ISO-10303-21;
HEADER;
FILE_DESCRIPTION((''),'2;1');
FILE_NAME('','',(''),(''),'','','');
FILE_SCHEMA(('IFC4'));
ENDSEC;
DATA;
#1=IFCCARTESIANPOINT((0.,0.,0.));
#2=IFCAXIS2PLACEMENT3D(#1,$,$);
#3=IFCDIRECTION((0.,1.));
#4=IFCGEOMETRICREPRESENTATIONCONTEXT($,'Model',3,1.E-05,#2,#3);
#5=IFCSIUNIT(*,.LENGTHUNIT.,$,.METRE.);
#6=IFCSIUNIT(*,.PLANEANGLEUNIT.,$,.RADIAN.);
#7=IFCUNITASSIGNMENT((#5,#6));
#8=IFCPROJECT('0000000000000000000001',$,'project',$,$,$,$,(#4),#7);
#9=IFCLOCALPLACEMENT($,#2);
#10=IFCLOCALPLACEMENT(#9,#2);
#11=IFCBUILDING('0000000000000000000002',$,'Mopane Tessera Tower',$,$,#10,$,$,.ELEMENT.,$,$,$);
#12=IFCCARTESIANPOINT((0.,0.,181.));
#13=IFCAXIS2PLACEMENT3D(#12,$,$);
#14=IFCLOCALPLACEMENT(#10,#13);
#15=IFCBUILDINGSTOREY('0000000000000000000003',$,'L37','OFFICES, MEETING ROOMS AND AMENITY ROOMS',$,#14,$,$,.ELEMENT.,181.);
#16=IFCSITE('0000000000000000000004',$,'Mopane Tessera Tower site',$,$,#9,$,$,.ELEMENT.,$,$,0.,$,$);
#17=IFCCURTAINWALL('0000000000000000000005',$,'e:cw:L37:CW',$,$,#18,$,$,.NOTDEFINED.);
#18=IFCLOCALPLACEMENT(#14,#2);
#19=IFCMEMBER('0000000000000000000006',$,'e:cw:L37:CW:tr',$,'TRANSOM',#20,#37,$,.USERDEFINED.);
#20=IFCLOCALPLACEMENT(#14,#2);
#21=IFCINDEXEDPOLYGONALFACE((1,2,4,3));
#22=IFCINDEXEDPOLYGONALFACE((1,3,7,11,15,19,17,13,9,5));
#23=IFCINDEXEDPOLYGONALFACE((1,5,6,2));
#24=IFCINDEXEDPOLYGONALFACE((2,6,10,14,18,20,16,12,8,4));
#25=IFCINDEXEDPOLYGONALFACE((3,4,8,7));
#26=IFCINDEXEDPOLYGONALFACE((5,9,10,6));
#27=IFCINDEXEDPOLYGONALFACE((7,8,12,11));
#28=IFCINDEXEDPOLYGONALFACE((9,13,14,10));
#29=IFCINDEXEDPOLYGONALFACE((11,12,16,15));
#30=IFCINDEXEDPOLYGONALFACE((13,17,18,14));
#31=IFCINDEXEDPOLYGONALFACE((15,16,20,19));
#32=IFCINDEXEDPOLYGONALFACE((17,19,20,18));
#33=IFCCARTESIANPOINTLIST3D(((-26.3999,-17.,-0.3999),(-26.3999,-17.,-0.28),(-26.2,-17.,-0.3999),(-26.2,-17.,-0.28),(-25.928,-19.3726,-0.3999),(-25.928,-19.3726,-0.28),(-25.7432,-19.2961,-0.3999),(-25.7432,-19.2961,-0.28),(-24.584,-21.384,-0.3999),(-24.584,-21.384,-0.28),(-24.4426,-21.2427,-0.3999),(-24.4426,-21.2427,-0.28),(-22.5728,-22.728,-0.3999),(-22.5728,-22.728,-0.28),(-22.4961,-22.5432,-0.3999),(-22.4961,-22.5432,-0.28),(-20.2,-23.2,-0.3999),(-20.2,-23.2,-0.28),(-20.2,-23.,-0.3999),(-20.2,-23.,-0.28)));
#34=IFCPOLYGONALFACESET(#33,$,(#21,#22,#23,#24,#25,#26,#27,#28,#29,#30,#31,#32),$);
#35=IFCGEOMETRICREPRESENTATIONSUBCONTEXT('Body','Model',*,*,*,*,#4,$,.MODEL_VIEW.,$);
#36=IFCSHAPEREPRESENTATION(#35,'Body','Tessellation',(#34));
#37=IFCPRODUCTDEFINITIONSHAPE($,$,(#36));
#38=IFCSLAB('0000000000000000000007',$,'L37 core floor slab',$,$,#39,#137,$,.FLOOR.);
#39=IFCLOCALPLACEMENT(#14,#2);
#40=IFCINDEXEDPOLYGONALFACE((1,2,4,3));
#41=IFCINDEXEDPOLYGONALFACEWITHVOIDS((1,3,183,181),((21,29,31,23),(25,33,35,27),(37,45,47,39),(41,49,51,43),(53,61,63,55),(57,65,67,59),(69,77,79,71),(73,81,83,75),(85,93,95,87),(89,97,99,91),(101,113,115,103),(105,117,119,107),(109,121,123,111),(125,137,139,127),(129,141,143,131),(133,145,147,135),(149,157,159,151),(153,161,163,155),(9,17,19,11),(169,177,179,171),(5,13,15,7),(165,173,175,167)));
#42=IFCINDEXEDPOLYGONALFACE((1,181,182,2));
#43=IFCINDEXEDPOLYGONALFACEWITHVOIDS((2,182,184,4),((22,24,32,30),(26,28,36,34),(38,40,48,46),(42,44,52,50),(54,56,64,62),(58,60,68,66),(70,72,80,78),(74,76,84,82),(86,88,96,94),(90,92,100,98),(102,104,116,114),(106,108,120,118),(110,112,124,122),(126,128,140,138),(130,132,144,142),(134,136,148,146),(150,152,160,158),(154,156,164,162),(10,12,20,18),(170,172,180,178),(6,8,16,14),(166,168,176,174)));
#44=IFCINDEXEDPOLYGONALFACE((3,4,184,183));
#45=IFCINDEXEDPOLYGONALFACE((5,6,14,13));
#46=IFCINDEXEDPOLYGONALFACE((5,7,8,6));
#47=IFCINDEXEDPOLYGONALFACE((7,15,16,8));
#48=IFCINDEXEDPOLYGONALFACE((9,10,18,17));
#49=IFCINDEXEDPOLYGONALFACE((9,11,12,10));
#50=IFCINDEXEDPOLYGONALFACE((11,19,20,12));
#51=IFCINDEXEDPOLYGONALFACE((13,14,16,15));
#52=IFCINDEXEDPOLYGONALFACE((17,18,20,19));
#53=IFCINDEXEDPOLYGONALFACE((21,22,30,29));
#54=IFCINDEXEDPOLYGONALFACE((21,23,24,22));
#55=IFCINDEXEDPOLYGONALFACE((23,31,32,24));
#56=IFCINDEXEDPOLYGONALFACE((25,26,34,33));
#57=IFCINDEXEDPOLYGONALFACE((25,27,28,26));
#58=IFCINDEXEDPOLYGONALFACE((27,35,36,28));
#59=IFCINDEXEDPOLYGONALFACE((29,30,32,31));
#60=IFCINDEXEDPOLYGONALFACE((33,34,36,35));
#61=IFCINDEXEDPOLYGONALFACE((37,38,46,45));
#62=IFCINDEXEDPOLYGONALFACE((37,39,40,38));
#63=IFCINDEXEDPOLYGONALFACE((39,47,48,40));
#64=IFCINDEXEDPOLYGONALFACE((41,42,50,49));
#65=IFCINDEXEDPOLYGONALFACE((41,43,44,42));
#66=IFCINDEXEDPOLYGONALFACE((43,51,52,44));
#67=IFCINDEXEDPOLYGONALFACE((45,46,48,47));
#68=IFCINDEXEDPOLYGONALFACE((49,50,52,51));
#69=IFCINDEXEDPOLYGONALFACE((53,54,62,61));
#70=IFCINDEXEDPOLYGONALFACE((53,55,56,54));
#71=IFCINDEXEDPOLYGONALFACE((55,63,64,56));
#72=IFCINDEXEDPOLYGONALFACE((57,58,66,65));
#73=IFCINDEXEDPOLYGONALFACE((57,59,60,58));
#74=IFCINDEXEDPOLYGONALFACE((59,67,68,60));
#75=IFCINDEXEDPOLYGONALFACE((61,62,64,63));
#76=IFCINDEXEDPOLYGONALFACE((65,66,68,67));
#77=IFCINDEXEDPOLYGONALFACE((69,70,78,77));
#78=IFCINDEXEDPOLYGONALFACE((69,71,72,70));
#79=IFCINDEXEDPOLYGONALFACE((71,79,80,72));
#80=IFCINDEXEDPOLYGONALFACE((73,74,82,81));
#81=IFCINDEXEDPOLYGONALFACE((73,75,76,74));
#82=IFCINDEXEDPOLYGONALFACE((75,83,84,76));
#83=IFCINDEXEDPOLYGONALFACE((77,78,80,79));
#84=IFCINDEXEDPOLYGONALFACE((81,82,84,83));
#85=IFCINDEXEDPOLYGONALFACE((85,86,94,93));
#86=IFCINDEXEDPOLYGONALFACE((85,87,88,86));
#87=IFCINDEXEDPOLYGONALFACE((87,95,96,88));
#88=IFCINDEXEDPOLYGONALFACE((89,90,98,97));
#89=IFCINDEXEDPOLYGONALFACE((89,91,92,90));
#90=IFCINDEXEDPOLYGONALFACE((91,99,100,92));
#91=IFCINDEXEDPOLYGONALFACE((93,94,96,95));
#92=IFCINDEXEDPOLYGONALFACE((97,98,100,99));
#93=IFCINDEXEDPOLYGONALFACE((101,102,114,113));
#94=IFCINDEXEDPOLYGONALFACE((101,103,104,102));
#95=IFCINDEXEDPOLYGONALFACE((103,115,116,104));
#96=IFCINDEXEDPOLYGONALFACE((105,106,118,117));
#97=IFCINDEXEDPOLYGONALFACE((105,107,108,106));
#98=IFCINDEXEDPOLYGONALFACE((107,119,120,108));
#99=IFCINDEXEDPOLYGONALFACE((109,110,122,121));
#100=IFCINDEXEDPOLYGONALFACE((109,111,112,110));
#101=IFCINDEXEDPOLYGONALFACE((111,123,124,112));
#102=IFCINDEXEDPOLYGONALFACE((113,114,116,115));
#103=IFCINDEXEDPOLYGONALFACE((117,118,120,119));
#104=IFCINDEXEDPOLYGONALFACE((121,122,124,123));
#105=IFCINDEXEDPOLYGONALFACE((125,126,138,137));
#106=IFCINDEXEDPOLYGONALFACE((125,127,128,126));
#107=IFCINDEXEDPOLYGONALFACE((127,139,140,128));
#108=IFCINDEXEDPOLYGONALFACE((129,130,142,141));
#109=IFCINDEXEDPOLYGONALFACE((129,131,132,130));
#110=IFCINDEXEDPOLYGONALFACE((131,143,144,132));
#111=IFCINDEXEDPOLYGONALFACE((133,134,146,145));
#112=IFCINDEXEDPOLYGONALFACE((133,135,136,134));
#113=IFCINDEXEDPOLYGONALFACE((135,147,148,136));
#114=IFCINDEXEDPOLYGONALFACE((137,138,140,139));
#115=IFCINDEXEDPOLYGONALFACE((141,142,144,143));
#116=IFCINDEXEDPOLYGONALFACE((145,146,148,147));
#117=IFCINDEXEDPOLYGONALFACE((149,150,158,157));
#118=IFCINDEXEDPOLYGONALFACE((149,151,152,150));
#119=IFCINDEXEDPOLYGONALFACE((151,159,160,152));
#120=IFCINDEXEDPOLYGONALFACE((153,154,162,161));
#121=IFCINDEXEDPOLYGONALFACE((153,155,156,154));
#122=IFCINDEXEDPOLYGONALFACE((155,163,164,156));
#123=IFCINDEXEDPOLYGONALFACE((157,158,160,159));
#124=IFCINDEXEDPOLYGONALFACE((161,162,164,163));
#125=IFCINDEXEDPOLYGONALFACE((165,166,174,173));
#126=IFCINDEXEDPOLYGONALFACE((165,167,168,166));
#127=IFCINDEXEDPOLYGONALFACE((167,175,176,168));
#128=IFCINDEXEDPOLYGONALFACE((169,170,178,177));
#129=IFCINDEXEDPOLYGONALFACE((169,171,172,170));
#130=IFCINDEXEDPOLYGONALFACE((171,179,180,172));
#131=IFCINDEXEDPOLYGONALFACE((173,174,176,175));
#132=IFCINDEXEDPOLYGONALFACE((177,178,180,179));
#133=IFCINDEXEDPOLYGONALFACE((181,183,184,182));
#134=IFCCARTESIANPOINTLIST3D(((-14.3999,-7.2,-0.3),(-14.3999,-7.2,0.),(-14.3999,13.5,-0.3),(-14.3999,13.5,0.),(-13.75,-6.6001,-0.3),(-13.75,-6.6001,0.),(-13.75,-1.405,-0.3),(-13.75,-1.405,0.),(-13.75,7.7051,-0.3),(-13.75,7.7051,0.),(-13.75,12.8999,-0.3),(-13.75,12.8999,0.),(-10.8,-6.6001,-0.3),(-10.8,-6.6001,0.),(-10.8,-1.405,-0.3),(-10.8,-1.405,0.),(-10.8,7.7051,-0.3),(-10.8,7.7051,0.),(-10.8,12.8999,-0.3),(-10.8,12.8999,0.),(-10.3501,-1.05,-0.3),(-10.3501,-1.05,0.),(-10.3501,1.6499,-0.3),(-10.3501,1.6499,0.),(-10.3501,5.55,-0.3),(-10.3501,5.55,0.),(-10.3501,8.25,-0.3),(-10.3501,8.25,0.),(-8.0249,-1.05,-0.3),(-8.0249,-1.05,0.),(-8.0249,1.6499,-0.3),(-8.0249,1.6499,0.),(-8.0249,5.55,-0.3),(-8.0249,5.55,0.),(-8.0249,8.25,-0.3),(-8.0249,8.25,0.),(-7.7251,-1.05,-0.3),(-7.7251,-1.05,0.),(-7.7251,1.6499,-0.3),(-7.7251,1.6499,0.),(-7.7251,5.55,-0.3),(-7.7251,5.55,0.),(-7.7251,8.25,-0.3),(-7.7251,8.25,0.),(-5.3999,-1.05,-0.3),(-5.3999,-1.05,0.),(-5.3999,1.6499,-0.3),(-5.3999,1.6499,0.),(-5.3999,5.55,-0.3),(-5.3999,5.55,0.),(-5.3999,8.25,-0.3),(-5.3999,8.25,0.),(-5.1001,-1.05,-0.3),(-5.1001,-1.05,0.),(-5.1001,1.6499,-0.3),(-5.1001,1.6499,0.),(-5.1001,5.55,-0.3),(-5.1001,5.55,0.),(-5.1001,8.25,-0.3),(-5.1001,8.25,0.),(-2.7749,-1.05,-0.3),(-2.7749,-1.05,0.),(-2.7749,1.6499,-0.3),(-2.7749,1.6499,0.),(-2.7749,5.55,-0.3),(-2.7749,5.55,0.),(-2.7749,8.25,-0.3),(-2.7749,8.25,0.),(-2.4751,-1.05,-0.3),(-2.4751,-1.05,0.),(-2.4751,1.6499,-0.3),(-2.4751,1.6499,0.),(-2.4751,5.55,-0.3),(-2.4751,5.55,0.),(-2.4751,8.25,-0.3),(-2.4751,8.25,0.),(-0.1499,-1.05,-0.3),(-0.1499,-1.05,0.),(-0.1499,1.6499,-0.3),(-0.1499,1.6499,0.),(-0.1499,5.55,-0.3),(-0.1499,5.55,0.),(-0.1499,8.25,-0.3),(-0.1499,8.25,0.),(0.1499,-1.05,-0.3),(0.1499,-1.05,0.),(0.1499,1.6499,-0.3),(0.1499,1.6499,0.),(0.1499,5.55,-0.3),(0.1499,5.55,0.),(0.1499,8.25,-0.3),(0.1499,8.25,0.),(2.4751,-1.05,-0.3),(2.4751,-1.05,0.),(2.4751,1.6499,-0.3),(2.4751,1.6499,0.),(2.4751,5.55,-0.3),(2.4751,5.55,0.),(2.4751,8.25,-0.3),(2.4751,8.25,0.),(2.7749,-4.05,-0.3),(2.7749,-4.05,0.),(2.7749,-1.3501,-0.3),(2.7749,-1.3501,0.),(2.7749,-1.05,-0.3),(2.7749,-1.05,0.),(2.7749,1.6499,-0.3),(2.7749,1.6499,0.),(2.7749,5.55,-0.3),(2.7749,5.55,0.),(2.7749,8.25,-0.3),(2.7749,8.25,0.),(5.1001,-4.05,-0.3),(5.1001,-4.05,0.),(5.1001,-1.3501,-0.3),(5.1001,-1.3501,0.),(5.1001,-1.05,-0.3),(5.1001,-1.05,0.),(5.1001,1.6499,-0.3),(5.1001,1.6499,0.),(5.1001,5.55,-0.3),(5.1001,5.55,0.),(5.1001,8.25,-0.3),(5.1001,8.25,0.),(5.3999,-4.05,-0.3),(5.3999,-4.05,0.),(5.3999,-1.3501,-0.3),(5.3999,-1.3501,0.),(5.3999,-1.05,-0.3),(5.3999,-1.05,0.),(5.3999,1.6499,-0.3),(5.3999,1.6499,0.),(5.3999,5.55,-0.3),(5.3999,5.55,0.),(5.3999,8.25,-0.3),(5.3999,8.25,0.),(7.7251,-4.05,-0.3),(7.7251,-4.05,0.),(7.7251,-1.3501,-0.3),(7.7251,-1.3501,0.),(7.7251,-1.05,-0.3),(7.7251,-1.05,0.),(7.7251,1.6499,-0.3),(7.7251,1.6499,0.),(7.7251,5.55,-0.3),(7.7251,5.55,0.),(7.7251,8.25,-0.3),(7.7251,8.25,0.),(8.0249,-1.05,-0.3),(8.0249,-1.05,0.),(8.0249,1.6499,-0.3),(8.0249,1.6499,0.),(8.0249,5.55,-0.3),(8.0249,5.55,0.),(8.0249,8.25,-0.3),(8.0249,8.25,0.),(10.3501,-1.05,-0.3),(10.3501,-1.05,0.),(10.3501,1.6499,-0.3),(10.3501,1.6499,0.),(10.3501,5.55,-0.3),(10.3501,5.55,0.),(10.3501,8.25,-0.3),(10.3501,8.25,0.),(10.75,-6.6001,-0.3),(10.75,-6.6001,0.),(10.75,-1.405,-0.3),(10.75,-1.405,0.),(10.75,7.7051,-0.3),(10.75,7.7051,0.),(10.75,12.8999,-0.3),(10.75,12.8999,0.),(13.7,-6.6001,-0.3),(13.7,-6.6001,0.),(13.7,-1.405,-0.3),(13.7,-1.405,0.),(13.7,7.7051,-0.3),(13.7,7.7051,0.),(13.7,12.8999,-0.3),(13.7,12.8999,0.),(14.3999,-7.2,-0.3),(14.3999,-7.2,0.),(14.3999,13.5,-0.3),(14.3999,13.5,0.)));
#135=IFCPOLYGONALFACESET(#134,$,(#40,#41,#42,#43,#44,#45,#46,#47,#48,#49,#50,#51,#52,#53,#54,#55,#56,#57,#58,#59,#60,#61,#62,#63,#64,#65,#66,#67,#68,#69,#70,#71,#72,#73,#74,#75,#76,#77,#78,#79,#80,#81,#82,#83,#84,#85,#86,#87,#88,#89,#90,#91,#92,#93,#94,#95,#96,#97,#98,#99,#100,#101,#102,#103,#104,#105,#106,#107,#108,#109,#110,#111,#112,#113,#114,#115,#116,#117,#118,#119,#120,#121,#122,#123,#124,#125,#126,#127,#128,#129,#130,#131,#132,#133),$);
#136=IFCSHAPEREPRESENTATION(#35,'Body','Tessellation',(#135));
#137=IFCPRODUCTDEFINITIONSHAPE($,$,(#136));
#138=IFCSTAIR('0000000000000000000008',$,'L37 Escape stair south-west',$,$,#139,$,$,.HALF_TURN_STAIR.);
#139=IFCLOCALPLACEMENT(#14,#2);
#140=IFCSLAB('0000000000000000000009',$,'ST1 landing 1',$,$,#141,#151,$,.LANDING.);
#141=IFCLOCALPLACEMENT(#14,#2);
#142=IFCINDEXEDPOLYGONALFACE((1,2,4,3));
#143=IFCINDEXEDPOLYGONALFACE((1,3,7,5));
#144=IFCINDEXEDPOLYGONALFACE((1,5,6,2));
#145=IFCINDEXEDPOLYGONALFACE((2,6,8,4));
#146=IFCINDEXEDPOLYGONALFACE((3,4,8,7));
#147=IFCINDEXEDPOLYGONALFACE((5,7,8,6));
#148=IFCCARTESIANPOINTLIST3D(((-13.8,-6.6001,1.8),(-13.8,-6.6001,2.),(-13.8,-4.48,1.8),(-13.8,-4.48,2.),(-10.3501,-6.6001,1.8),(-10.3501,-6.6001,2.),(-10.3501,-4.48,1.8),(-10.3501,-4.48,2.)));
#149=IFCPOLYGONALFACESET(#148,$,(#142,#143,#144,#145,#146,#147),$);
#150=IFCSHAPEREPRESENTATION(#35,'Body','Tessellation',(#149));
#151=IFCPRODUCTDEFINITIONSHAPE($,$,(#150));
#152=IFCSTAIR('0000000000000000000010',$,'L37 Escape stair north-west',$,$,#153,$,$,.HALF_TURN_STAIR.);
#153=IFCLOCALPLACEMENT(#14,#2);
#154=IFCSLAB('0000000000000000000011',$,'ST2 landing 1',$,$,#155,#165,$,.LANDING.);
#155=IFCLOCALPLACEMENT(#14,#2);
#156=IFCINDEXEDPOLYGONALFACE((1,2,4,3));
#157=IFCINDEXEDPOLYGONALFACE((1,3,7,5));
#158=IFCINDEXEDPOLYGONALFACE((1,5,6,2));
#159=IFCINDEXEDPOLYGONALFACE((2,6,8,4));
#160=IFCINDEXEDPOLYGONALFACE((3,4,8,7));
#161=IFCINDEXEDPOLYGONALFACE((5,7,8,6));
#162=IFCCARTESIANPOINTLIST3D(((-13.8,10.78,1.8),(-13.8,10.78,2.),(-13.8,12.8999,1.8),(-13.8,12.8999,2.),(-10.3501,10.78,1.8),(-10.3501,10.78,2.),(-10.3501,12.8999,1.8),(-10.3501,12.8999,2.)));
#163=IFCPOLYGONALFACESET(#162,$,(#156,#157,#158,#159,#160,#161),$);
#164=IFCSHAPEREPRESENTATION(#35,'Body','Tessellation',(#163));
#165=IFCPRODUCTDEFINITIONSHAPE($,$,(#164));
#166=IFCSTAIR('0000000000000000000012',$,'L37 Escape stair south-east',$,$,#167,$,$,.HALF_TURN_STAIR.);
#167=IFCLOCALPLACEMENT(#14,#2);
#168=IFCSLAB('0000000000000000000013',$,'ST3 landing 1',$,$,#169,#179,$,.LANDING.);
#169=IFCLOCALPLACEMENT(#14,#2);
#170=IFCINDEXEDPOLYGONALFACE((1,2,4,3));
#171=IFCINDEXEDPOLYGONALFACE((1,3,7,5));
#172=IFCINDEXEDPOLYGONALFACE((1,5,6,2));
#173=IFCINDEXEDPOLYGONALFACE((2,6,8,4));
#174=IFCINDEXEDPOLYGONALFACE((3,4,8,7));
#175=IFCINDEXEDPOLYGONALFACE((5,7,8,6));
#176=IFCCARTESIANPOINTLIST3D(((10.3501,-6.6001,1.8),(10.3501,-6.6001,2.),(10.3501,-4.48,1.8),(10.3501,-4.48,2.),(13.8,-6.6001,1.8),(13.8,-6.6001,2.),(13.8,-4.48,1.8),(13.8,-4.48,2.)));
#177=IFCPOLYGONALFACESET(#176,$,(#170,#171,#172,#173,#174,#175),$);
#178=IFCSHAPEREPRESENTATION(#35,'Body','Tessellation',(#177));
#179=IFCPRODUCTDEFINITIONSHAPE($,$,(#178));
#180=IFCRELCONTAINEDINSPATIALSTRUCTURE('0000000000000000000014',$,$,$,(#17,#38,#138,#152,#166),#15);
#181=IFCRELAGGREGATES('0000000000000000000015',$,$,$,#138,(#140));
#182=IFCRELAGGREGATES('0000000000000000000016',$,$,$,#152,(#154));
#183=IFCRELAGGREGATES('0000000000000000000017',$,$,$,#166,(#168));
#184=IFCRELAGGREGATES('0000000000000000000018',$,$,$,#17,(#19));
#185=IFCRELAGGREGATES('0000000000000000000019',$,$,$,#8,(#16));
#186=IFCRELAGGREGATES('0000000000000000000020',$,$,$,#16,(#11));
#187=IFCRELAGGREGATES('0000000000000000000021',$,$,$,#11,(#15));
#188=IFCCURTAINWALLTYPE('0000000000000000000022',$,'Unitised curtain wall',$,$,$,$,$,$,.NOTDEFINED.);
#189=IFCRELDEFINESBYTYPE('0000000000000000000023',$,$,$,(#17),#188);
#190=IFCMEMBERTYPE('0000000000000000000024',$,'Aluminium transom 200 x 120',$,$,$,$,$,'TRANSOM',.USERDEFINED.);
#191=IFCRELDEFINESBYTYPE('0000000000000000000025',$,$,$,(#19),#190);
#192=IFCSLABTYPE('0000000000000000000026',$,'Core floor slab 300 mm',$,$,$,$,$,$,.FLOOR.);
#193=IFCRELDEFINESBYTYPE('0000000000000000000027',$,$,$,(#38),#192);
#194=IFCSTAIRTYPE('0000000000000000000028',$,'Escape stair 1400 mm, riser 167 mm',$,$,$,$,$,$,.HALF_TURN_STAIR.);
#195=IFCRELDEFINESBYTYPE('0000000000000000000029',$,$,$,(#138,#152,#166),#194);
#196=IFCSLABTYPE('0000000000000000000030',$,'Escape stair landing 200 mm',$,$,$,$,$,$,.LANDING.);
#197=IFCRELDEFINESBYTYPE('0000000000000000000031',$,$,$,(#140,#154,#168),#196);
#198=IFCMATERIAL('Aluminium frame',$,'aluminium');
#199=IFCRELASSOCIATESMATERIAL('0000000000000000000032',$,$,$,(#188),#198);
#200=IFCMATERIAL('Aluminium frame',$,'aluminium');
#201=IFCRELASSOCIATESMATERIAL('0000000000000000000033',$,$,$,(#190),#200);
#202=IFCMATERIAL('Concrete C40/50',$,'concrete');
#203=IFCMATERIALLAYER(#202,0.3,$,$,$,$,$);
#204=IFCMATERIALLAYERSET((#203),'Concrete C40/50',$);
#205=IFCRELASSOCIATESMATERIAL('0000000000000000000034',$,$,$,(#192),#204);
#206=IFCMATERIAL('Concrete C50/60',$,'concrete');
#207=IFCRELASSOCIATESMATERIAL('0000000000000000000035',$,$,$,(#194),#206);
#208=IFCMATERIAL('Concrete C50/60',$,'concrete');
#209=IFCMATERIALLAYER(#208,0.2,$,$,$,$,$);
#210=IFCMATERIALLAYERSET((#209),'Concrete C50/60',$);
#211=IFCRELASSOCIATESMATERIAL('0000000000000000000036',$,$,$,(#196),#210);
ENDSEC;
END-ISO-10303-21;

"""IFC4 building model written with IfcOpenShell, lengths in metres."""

from ifc_helpers import new_model, si_unit, direction, frame, origin, origin_2d, place, context, subcontext, project, spatial, polyline, rectangle, outline, extrude, material, layer, layer_set, material_profile, profile_set, type_object, element, aggregate, save


model = new_model("IFC4")

# Units and contexts
model_context = context("Model", 3, precision=1e-05, world=origin(), true_north=direction((0.0, 1.0)))
body_context = subcontext(model_context, "Body", "Model", "MODEL_VIEW")
ifc_project = project(units=[si_unit("LENGTHUNIT", "METRE"), si_unit("PLANEANGLEUNIT", "RADIAN")], contexts=[model_context])

# Site, building, storey
site_placement = place(None, origin())
site = spatial("IfcSite", under=ifc_project, at=site_placement, Name="Mopane Tessera Tower site", CompositionType="ELEMENT", RefElevation=0.0)
building_placement = place(site_placement, origin())
building = spatial("IfcBuilding", under=site, at=building_placement, Name="Mopane Tessera Tower", CompositionType="ELEMENT")
storey_placement = place(building_placement, frame((0.0, 0.0, 181.0)))
storey = spatial("IfcBuildingStorey", under=building, at=storey_placement, Name="L37", Description="OFFICES, MEETING ROOMS AND AMENITY ROOMS", CompositionType="ELEMENT", Elevation=181.0)

# Curtain wall, member
ifc_material_1 = material(Name="Aluminium frame", Category="aluminium")
curtain_wall_type = type_object("IfcCurtainWallType", Name="Unitised curtain wall", PredefinedType="NOTDEFINED", material=ifc_material_1)
curtain_wall_placement = place(storey_placement, origin())
curtain_wall = element("IfcCurtainWall", 1, at=curtain_wall_placement, inside=storey, type_object=curtain_wall_type, Name="e:cw:L37:CW", PredefinedType="NOTDEFINED")
ifc_material_2 = material(Name="Aluminium frame", Category="aluminium")
ifc_material_profile = material_profile(ifc_material_2, rectangle(XDim=0.2, YDim=0.1201, at=origin_2d()))
ifc_profile_set = profile_set([ifc_material_profile], Name="Aluminium frame")
member_type = type_object("IfcMemberType", Name="Aluminium transom 200 x 120", ElementType="TRANSOM", PredefinedType="USERDEFINED", material=ifc_profile_set)
member_placement = place(storey_placement, frame((0.0, 0.0, -0.3999)))
member = element("IfcMember", 2, at=member_placement, type_object=member_type, Name="e:cw:L37:CW:tr", ObjectType="TRANSOM", PredefinedType="USERDEFINED", context=body_context, shape_type="SweptSolid", body=[
    extrude(outline(polyline([(-26.2, -17.0), (-25.7432, -19.2961), (-24.4426, -21.2427), (-22.4961, -22.5432), (-20.2, -23.0), (-20.2, -23.2), (-22.5728, -22.728), (-24.584, -21.384), (-25.928, -19.3726), (-26.3999, -17.0), (-26.2, -17.0)])), origin(), (0.0, 0.0, 1.0), 0.1199),
])

# Slab
ifc_material_3 = material(Name="Concrete C40/50", Category="concrete")
ifc_layer_1 = layer(ifc_material_3, 0.3)
ifc_layer_set_1 = layer_set([ifc_layer_1], Name="Concrete C40/50")
slab_type_1 = type_object("IfcSlabType", Name="Core floor slab 300 mm", PredefinedType="FLOOR", material=ifc_layer_set_1)
slab_1_placement = place(storey_placement, frame((0.0, 0.0, -0.3)))
element("IfcSlab", 3, at=slab_1_placement, inside=storey, type_object=slab_type_1, Name="L37 core floor slab", PredefinedType="FLOOR", context=body_context, shape_type="SweptSolid", body=[
    extrude(outline(polyline([(-14.3999, -7.2), (14.3999, -7.2), (14.3999, 13.5), (-14.3999, 13.5), (-14.3999, -7.2)]), holes=[polyline([(-10.3501, -1.05), (-8.0249, -1.05), (-8.0249, 1.6499), (-10.3501, 1.6499), (-10.3501, -1.05)]), polyline([(-7.7251, -1.05), (-5.3999, -1.05), (-5.3999, 1.6499), (-7.7251, 1.6499), (-7.7251, -1.05)]), polyline([(-5.1001, -1.05), (-2.7749, -1.05), (-2.7749, 1.6499), (-5.1001, 1.6499), (-5.1001, -1.05)]), polyline([(-2.4751, -1.05), (-0.1499, -1.05), (-0.1499, 1.6499), (-2.4751, 1.6499), (-2.4751, -1.05)]), polyline([(0.1499, -1.05), (2.4751, -1.05), (2.4751, 1.6499), (0.1499, 1.6499), (0.1499, -1.05)]), polyline([(2.7749, -1.05), (5.1001, -1.05), (5.1001, 1.6499), (2.7749, 1.6499), (2.7749, -1.05)]), polyline([(5.3999, -1.05), (7.7251, -1.05), (7.7251, 1.6499), (5.3999, 1.6499), (5.3999, -1.05)]), polyline([(8.0249, -1.05), (10.3501, -1.05), (10.3501, 1.6499), (8.0249, 1.6499), (8.0249, -1.05)]), polyline([(-10.3501, 5.55), (-8.0249, 5.55), (-8.0249, 8.25), (-10.3501, 8.25), (-10.3501, 5.55)]), polyline([(-7.7251, 5.55), (-5.3999, 5.55), (-5.3999, 8.25), (-7.7251, 8.25), (-7.7251, 5.55)]), polyline([(-5.1001, 5.55), (-2.7749, 5.55), (-2.7749, 8.25), (-5.1001, 8.25), (-5.1001, 5.55)]), polyline([(-2.4751, 5.55), (-0.1499, 5.55), (-0.1499, 8.25), (-2.4751, 8.25), (-2.4751, 5.55)]), polyline([(0.1499, 5.55), (2.4751, 5.55), (2.4751, 8.25), (0.1499, 8.25), (0.1499, 5.55)]), polyline([(2.7749, 5.55), (5.1001, 5.55), (5.1001, 8.25), (2.7749, 8.25), (2.7749, 5.55)]), polyline([(5.3999, 5.55), (7.7251, 5.55), (7.7251, 8.25), (5.3999, 8.25), (5.3999, 5.55)]), polyline([(8.0249, 5.55), (10.3501, 5.55), (10.3501, 8.25), (8.0249, 8.25), (8.0249, 5.55)]), polyline([(2.7749, -4.05), (5.1001, -4.05), (5.1001, -1.3501), (2.7749, -1.3501), (2.7749, -4.05)]), polyline([(5.3999, -4.05), (7.7251, -4.05), (7.7251, -1.3501), (5.3999, -1.3501), (5.3999, -4.05)]), polyline([(-13.75, -1.405), (-13.75, -6.6001), (-10.8, -6.6001), (-10.8, -1.405), (-13.75, -1.405)]), polyline([(-10.8, 7.7051), (-10.8, 12.8999), (-13.75, 12.8999), (-13.75, 7.7051), (-10.8, 7.7051)]), polyline([(10.75, -1.405), (10.75, -6.6001), (13.7, -6.6001), (13.7, -1.405), (10.75, -1.405)]), polyline([(13.7, 7.7051), (13.7, 12.8999), (10.75, 12.8999), (10.75, 7.7051), (13.7, 7.7051)])]), origin(), (0.0, 0.0, 1.0), 0.3),
])

# Stairs, slabs
ifc_material_4 = material(Name="Concrete C50/60", Category="concrete")
stair_type = type_object("IfcStairType", Name="Escape stair 1400 mm, riser 167 mm", PredefinedType="HALF_TURN_STAIR", material=ifc_material_4)
stair_1_placement = place(storey_placement, origin())
stair_1 = element("IfcStair", 4, at=stair_1_placement, inside=storey, type_object=stair_type, Name="L37 Escape stair south-west", PredefinedType="HALF_TURN_STAIR")
ifc_material_5 = material(Name="Concrete C50/60", Category="concrete")
ifc_layer_2 = layer(ifc_material_5, 0.2)
ifc_layer_set_2 = layer_set([ifc_layer_2], Name="Concrete C50/60")
slab_type_2 = type_object("IfcSlabType", Name="Escape stair landing 200 mm", PredefinedType="LANDING", material=ifc_layer_set_2)
slab_2_placement = place(storey_placement, frame((0.0, 0.0, 1.8)))
slab_2 = element("IfcSlab", 5, at=slab_2_placement, type_object=slab_type_2, Name="ST1 landing 1", PredefinedType="LANDING", context=body_context, shape_type="SweptSolid", body=[
    extrude(outline(polyline([(-13.8, -4.48), (-13.8, -6.6001), (-10.3501, -6.6001), (-10.3501, -4.48), (-13.8, -4.48)])), origin(), (0.0, 0.0, 1.0), 0.2),
])
aggregate(stair_1, [slab_2])
stair_2_placement = place(storey_placement, origin())
stair_2 = element("IfcStair", 6, at=stair_2_placement, inside=storey, type_object=stair_type, Name="L37 Escape stair north-west", PredefinedType="HALF_TURN_STAIR")
slab_3_placement = place(storey_placement, frame((0.0, 0.0, 1.8)))
slab_3 = element("IfcSlab", 7, at=slab_3_placement, type_object=slab_type_2, Name="ST2 landing 1", PredefinedType="LANDING", context=body_context, shape_type="SweptSolid", body=[
    extrude(outline(polyline([(-10.3501, 10.78), (-10.3501, 12.8999), (-13.8, 12.8999), (-13.8, 10.78), (-10.3501, 10.78)])), origin(), (0.0, 0.0, 1.0), 0.2),
])
aggregate(stair_2, [slab_3])
stair_3_placement = place(storey_placement, origin())
stair_3 = element("IfcStair", 8, at=stair_3_placement, inside=storey, type_object=stair_type, Name="L37 Escape stair south-east", PredefinedType="HALF_TURN_STAIR")
slab_4_placement = place(storey_placement, frame((0.0, 0.0, 1.8)))
slab_4 = element("IfcSlab", 9, at=slab_4_placement, type_object=slab_type_2, Name="ST3 landing 1", PredefinedType="LANDING", context=body_context, shape_type="SweptSolid", body=[
    extrude(outline(polyline([(10.3501, -4.48), (10.3501, -6.6001), (13.8, -6.6001), (13.8, -4.48), (10.3501, -4.48)])), origin(), (0.0, 0.0, 1.0), 0.2),
])
aggregate(stair_3, [slab_4])

aggregate(curtain_wall, [member])

save(model, "model.ifc")
